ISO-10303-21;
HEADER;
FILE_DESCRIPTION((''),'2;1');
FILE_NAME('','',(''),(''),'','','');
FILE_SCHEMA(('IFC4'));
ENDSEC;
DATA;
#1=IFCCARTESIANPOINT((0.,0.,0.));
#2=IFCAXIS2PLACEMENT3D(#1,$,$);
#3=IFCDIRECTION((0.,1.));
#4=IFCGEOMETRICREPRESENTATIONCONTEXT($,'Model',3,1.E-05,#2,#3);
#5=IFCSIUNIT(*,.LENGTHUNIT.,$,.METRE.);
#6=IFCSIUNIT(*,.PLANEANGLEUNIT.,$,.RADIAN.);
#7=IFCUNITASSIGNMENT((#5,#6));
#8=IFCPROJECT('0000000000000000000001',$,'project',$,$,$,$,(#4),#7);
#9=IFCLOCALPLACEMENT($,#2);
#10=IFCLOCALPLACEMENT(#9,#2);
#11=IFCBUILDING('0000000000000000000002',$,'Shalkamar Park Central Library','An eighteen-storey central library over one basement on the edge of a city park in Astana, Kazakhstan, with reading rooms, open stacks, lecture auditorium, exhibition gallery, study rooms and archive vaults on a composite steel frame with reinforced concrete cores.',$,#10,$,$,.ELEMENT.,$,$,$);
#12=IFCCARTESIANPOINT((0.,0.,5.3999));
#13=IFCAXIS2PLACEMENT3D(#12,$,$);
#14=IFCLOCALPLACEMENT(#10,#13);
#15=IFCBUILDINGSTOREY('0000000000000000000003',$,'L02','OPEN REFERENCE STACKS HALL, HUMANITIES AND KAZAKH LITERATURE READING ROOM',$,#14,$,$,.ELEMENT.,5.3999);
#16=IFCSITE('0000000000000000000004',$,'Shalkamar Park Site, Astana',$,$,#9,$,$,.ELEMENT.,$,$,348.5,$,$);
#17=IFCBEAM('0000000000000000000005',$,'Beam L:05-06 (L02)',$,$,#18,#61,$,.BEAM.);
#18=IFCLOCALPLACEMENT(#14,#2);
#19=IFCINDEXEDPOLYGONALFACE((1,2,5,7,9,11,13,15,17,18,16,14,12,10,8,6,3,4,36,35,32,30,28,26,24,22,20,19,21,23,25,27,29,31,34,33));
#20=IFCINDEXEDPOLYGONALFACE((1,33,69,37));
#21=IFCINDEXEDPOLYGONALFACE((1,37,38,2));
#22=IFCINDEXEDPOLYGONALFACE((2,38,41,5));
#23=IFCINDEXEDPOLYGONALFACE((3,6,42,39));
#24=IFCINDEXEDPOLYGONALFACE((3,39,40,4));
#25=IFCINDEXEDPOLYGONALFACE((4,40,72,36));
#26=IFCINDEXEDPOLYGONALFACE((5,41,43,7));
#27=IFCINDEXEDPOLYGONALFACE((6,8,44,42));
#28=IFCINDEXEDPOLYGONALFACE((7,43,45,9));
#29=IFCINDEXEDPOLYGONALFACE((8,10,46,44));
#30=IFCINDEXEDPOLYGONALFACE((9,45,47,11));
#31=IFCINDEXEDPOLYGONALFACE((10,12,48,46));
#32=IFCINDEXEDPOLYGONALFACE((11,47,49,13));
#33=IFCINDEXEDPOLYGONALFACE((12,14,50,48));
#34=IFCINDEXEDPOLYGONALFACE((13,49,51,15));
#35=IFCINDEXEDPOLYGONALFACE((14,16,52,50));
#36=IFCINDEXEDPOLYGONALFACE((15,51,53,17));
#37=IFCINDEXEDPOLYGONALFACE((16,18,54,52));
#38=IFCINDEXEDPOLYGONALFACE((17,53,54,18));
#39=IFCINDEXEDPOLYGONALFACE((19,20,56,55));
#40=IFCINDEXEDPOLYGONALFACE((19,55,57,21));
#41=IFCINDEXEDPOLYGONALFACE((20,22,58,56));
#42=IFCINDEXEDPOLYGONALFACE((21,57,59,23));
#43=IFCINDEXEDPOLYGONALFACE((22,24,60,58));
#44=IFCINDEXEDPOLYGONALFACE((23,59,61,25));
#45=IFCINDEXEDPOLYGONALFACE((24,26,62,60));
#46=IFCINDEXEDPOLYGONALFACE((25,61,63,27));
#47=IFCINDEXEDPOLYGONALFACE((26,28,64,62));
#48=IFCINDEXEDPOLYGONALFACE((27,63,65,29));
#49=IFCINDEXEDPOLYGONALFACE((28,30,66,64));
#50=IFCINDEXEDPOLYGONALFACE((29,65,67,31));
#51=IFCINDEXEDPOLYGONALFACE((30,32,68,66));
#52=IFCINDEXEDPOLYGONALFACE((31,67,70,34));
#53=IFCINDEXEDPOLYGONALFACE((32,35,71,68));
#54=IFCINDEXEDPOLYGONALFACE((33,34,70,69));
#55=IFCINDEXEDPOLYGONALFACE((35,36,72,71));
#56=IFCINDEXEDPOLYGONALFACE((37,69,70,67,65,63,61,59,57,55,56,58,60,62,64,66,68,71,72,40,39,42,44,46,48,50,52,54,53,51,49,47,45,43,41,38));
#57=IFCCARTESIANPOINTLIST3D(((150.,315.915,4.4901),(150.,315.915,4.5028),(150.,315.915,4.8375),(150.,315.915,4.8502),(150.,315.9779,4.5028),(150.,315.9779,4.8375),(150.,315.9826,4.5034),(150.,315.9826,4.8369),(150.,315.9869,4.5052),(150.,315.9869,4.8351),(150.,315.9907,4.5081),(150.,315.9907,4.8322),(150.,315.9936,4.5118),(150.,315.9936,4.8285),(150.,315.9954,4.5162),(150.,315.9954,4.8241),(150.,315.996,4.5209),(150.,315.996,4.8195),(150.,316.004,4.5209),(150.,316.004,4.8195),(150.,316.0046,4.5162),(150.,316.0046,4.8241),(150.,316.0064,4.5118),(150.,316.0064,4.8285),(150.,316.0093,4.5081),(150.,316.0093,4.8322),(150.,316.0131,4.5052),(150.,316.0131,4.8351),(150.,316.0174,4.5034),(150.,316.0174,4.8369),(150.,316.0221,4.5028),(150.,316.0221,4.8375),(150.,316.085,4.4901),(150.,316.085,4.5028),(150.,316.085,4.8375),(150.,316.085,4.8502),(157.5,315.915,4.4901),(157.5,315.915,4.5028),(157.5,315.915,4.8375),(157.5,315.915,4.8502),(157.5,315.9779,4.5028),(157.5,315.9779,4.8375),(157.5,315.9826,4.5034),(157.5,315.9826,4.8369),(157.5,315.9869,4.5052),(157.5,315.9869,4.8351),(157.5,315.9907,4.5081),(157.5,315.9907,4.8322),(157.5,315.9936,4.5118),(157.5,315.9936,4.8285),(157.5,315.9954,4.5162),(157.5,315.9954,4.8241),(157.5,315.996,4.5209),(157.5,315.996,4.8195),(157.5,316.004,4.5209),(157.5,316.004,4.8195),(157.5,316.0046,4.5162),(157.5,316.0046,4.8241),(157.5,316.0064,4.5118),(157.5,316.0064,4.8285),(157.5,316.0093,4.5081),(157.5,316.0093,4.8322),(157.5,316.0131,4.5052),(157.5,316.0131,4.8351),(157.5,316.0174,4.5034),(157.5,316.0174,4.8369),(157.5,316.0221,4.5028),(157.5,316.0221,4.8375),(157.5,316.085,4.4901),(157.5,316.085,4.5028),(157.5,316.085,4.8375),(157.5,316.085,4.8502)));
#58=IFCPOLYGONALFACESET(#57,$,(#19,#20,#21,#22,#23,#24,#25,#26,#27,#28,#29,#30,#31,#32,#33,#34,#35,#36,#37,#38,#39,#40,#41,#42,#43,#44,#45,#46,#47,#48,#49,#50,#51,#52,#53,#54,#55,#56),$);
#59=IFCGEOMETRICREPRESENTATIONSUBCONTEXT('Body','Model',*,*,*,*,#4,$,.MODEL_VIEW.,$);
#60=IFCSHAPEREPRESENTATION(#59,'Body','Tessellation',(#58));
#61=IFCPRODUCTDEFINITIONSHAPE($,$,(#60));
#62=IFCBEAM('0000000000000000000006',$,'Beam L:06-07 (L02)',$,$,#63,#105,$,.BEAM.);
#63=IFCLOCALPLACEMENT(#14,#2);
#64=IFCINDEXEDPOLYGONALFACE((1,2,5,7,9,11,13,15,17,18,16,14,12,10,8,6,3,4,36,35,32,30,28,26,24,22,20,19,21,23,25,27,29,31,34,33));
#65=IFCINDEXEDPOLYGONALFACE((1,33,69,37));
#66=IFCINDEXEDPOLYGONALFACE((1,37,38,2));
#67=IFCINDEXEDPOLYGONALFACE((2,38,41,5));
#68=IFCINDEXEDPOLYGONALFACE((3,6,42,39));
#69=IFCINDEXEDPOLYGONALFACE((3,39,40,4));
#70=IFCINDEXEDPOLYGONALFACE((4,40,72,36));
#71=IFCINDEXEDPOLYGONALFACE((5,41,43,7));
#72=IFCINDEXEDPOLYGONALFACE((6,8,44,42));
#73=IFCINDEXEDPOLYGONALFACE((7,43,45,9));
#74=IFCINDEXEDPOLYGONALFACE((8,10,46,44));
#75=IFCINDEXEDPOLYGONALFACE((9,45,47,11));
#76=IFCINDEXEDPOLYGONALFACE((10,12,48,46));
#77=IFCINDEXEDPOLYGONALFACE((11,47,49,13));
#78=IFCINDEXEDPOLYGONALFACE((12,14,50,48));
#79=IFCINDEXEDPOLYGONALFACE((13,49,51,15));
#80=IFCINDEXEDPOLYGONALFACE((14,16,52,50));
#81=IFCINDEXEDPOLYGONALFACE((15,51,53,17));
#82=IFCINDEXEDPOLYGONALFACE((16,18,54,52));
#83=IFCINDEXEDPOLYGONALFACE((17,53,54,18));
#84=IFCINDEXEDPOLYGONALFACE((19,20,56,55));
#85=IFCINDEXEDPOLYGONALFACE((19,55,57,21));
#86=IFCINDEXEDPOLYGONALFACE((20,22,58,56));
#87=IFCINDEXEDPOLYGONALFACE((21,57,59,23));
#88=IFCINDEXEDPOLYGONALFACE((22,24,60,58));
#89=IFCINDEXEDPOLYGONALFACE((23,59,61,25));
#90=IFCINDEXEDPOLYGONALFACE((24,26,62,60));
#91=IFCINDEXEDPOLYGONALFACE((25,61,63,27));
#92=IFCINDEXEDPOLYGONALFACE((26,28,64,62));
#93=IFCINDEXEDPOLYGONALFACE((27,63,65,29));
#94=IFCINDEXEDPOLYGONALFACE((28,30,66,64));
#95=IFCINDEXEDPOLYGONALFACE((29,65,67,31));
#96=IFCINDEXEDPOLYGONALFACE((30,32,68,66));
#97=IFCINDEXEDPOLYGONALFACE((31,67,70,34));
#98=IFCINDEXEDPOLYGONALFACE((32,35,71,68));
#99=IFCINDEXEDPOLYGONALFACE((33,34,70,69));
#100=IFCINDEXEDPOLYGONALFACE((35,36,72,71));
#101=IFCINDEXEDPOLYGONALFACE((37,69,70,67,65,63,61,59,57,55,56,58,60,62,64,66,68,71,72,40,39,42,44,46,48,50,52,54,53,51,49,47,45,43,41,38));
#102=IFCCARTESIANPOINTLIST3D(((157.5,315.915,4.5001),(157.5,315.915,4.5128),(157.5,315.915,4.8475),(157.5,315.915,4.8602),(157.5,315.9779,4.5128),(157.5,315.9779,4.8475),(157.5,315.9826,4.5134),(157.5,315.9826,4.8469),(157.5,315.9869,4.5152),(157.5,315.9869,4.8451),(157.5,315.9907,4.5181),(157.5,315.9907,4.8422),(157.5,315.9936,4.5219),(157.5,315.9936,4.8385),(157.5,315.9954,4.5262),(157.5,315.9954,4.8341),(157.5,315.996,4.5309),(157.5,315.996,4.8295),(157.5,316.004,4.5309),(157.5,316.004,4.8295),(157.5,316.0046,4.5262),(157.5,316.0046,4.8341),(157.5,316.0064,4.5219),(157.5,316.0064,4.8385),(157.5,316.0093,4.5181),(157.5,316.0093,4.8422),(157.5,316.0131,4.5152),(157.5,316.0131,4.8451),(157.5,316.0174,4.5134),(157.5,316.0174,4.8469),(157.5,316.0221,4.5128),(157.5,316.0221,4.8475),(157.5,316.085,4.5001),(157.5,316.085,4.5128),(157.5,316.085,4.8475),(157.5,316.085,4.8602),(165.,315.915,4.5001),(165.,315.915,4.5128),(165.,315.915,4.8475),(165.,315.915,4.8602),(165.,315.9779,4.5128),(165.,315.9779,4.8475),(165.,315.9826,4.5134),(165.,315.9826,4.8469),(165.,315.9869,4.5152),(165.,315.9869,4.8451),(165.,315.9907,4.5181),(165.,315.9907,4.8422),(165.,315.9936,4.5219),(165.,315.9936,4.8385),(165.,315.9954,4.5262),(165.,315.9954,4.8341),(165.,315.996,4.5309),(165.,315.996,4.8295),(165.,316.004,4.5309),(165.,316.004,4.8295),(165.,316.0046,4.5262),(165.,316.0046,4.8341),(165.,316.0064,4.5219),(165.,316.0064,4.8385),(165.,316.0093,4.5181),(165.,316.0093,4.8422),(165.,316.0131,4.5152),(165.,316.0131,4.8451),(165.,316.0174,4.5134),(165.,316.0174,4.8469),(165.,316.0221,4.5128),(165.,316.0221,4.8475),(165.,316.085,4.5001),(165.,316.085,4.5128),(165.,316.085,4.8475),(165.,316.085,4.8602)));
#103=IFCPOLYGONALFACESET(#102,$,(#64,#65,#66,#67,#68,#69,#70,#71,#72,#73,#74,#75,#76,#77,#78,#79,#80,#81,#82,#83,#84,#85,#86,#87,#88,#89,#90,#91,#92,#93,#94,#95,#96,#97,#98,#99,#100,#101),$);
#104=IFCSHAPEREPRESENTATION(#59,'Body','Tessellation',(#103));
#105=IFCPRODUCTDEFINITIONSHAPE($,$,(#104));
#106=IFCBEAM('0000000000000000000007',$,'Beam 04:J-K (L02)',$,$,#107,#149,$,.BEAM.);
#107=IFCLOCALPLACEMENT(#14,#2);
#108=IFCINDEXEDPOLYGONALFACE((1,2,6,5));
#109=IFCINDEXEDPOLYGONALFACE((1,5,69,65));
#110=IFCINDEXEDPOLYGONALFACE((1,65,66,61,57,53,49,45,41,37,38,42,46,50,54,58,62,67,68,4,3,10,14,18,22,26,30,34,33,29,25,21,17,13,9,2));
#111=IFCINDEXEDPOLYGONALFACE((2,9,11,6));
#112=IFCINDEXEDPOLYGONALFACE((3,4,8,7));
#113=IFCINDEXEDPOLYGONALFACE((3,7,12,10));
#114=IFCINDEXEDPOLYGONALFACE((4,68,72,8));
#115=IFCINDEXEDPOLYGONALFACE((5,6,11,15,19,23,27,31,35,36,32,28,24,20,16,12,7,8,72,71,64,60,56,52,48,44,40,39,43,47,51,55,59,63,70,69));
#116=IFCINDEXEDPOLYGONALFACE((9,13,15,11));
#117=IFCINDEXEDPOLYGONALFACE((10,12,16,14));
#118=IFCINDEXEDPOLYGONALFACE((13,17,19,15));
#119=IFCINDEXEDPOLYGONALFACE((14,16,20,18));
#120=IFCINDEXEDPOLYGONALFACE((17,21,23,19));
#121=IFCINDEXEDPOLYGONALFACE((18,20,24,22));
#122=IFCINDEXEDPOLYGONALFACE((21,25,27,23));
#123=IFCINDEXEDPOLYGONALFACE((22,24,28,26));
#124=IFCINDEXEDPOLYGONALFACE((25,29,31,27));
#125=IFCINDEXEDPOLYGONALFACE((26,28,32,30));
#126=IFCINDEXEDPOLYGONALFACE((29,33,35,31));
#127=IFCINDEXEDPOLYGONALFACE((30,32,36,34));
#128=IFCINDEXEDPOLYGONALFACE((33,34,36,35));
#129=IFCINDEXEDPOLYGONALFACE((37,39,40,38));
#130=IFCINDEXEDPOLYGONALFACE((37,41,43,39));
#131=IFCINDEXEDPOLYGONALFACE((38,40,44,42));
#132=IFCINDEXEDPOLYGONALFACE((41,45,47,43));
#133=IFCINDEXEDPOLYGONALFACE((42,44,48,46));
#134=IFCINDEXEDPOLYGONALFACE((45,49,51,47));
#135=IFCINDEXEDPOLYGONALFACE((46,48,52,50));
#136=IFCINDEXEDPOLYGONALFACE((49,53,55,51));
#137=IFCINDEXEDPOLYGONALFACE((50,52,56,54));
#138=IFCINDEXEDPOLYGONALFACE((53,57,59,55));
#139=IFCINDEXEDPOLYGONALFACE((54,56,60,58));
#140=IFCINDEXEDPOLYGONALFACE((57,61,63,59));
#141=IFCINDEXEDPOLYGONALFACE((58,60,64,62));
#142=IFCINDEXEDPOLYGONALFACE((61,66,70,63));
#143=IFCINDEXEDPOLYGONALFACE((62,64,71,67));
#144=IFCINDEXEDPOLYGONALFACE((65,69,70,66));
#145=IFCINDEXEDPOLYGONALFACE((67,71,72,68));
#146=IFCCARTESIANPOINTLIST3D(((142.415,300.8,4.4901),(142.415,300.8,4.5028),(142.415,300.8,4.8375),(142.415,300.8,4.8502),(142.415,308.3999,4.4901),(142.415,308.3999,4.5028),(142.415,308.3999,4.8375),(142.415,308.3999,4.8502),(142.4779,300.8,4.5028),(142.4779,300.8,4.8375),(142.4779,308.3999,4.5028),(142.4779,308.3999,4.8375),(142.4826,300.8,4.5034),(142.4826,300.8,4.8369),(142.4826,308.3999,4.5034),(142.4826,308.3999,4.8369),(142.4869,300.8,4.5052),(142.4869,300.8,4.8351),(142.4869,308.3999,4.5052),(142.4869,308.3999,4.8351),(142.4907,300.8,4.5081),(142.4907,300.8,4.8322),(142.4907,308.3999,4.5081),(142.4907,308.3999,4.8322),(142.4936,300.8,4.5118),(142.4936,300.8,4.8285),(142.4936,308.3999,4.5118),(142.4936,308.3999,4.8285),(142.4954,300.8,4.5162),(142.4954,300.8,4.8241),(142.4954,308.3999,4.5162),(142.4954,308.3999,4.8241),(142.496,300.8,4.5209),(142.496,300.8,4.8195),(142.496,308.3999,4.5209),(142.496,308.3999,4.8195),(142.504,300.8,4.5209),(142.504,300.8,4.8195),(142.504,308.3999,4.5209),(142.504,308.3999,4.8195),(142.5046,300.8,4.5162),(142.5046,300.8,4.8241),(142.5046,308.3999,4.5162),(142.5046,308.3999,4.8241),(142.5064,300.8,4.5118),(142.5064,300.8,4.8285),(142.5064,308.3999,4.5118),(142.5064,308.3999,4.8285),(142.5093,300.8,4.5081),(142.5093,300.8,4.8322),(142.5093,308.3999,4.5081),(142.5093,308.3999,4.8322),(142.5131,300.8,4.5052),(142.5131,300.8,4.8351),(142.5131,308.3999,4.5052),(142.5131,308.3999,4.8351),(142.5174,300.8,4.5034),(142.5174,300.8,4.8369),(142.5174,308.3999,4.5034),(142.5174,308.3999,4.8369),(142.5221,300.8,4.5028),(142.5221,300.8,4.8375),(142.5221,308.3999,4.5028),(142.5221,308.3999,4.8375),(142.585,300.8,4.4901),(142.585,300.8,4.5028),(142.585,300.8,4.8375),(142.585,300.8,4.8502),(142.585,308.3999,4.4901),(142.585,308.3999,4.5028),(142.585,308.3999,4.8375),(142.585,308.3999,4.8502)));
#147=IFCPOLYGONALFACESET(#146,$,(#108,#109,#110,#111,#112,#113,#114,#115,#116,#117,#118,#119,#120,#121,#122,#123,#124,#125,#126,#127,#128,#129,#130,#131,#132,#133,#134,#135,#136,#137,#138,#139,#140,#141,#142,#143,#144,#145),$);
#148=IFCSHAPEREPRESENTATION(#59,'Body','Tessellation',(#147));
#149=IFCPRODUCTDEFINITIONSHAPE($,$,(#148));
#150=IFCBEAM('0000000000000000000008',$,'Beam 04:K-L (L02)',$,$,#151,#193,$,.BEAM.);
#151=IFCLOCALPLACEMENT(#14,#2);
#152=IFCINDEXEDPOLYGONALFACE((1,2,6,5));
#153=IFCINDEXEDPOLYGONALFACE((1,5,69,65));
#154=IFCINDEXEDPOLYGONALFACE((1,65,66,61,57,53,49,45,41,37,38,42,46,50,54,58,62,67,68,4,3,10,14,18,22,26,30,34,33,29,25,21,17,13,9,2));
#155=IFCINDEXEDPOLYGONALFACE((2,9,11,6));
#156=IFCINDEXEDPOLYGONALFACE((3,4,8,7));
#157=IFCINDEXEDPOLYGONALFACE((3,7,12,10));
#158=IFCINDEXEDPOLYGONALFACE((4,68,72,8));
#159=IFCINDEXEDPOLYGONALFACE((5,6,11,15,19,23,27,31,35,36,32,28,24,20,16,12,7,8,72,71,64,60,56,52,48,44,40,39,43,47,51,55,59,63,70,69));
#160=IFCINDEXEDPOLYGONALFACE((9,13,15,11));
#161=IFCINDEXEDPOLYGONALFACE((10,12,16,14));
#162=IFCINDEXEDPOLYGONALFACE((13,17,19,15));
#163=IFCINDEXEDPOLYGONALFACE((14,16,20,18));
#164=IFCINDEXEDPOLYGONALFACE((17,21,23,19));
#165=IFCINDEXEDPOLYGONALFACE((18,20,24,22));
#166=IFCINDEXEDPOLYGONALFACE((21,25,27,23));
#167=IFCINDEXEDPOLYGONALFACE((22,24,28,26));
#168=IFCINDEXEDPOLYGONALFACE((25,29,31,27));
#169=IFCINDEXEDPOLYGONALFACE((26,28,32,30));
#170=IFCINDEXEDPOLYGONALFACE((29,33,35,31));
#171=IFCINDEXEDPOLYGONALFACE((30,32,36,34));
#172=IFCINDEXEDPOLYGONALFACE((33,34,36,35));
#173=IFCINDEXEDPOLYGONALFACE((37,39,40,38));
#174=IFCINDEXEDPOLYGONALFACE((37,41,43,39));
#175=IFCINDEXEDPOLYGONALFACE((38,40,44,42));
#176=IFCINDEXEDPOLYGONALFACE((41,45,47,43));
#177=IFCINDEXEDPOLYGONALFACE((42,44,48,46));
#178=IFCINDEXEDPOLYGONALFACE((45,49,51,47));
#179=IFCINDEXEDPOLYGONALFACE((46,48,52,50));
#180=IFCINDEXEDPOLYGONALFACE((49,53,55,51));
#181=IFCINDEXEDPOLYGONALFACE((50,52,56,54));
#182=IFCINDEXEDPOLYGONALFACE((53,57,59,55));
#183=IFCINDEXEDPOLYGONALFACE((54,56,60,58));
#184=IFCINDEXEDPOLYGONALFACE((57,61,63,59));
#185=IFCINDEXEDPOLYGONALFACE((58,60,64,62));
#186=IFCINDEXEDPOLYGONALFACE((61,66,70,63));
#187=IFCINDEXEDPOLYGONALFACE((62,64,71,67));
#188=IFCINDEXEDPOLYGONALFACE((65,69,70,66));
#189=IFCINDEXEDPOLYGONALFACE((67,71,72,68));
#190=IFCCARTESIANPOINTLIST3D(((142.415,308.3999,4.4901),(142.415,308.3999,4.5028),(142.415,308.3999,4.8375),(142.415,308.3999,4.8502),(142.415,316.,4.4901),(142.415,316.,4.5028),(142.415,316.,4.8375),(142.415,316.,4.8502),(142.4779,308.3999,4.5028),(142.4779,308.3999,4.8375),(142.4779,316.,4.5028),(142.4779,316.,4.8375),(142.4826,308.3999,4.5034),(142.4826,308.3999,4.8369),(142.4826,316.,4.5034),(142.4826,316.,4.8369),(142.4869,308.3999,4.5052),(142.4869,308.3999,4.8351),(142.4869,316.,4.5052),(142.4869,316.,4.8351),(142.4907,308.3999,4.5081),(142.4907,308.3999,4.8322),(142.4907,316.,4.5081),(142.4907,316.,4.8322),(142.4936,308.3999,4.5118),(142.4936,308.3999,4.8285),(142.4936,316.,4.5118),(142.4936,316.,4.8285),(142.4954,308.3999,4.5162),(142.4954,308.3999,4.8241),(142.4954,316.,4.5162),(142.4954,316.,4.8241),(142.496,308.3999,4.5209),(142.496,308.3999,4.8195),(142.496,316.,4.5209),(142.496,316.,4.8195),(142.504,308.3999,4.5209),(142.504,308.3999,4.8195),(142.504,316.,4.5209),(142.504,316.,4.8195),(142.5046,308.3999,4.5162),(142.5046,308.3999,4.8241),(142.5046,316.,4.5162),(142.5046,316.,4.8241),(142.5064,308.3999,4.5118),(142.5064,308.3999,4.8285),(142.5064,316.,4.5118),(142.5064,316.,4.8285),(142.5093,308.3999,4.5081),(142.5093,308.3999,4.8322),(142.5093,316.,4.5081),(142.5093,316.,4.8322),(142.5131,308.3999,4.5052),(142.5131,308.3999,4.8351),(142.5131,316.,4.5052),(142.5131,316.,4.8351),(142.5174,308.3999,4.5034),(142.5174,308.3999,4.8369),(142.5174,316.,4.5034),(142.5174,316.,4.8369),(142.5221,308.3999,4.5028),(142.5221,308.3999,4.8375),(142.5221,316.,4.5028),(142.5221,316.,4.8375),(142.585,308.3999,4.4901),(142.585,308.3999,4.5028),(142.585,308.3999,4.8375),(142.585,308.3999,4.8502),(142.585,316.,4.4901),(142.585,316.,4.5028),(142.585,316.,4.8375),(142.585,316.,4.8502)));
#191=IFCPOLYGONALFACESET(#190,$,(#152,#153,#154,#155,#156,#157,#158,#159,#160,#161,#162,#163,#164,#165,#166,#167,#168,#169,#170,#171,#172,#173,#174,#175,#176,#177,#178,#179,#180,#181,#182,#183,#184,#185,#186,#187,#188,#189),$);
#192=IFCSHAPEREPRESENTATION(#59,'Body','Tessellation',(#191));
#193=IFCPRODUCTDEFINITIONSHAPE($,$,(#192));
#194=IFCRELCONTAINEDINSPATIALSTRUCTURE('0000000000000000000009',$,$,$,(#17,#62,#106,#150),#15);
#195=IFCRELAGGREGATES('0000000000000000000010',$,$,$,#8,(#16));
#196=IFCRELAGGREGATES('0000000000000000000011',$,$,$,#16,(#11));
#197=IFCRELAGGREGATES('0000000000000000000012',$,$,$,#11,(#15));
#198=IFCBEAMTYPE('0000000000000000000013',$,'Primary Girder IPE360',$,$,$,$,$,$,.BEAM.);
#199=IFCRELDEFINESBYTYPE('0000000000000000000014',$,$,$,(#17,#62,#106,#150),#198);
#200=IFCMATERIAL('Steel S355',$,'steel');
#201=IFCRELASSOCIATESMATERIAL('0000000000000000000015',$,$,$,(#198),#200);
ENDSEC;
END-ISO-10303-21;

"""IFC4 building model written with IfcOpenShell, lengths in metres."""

from ifc_helpers import new_model, si_unit, direction, frame, origin, origin_2d, place, context, subcontext, project, spatial, i_section, extrude, material, material_profile, profile_set, type_object, element, save


model = new_model("IFC4")

# Units and contexts
model_context = context("Model", 3, precision=1e-05, world=origin(), true_north=direction((0.0, 1.0)))
body_context = subcontext(model_context, "Body", "Model", "MODEL_VIEW")
ifc_project = project(units=[si_unit("LENGTHUNIT", "METRE"), si_unit("PLANEANGLEUNIT", "RADIAN")], contexts=[model_context])

# Site, building, storey
site_placement = place(None, origin())
site = spatial("IfcSite", under=ifc_project, at=site_placement, Name="Shalkamar Park Site, Astana", CompositionType="ELEMENT", RefElevation=348.5)
building_placement = place(site_placement, origin())
building = spatial("IfcBuilding", under=site, at=building_placement, Name="Shalkamar Park Central Library", Description="An eighteen-storey central library over one basement on the edge of a city park in Astana, Kazakhstan, with reading rooms, open stacks, lecture auditorium, exhibition gallery, study rooms and archive vaults on a composite steel frame with reinforced concrete cores.", CompositionType="ELEMENT")
storey_placement = place(building_placement, frame((0.0, 0.0, 5.3999)))
storey = spatial("IfcBuildingStorey", under=building, at=storey_placement, Name="L02", Description="OPEN REFERENCE STACKS HALL, HUMANITIES AND KAZAKH LITERATURE READING ROOM", CompositionType="ELEMENT", Elevation=5.3999)

# Shared definitions
ifc_material_1 = material(Name="Steel S355", Category="steel")

# Beams
ifc_material_profile_1 = material_profile(ifc_material_1, i_section(OverallWidth=0.1699, OverallDepth=0.3601, WebThickness=0.0081, FlangeThickness=0.0127, FilletRadius=0.0181, at=origin_2d()), Name="IPE 360")
ifc_profile_set_1 = profile_set([ifc_material_profile_1], Name="Steel S355")
beam_type = type_object("IfcBeamType", Name="Primary Girder IPE360", PredefinedType="BEAM", material=ifc_profile_set_1)
for number, where, z_axis, x_axis, name in (
    (1, (150.0, 316.0, 4.6702), (1.0, 0.0, 0.0), (0.0, 1.0, 0.0), "Beam L:05-06 (L02)"),
    (2, (157.5, 316.0, 4.6802), (1.0, 0.0, 0.0), (0.0, 1.0, 0.0), "Beam L:06-07 (L02)"),
):
    element("IfcBeam", number, at=place(storey_placement, frame(where, z_axis=z_axis, x_axis=x_axis)), inside=storey, type_object=beam_type, Name=name, PredefinedType="BEAM", context=body_context, shape_type="SweptSolid", body=[
        extrude(i_section(OverallWidth=0.1699, OverallDepth=0.3601, WebThickness=0.0081, FlangeThickness=0.0127, FilletRadius=0.0181, at=origin_2d()), origin(), (0.0, 0.0, 1.0), 7.5),
    ])
beam_1_placement = place(storey_placement, frame((142.5, 300.8, 4.6702), z_axis=(0.0, 1.0, 0.0), x_axis=(-1.0, 0.0, 0.0)))
element("IfcBeam", 3, at=beam_1_placement, inside=storey, type_object=beam_type, Name="Beam 04:J-K (L02)", PredefinedType="BEAM", context=body_context, shape_type="SweptSolid", body=[
    extrude(i_section(OverallWidth=0.1699, OverallDepth=0.3601, WebThickness=0.0081, FlangeThickness=0.0127, FilletRadius=0.0181, at=origin_2d()), origin(), (0.0, 0.0, 1.0), 7.5999),
])
for number, where, z_axis, x_axis, name in (
    (4, (142.5, 308.3999, 4.6702), (0.0, 1.0, 0.0), (-1.0, 0.0, 0.0), "Beam 04:K-L (L02)"),
):
    element("IfcBeam", number, at=place(storey_placement, frame(where, z_axis=z_axis, x_axis=x_axis)), inside=storey, type_object=beam_type, Name=name, PredefinedType="BEAM", context=body_context, shape_type="SweptSolid", body=[
        extrude(i_section(OverallWidth=0.1699, OverallDepth=0.3601, WebThickness=0.0081, FlangeThickness=0.0127, FilletRadius=0.0181, at=origin_2d()), origin(), (0.0, 0.0, 1.0), 7.6001),
    ])

save(model, "model.ifc")
